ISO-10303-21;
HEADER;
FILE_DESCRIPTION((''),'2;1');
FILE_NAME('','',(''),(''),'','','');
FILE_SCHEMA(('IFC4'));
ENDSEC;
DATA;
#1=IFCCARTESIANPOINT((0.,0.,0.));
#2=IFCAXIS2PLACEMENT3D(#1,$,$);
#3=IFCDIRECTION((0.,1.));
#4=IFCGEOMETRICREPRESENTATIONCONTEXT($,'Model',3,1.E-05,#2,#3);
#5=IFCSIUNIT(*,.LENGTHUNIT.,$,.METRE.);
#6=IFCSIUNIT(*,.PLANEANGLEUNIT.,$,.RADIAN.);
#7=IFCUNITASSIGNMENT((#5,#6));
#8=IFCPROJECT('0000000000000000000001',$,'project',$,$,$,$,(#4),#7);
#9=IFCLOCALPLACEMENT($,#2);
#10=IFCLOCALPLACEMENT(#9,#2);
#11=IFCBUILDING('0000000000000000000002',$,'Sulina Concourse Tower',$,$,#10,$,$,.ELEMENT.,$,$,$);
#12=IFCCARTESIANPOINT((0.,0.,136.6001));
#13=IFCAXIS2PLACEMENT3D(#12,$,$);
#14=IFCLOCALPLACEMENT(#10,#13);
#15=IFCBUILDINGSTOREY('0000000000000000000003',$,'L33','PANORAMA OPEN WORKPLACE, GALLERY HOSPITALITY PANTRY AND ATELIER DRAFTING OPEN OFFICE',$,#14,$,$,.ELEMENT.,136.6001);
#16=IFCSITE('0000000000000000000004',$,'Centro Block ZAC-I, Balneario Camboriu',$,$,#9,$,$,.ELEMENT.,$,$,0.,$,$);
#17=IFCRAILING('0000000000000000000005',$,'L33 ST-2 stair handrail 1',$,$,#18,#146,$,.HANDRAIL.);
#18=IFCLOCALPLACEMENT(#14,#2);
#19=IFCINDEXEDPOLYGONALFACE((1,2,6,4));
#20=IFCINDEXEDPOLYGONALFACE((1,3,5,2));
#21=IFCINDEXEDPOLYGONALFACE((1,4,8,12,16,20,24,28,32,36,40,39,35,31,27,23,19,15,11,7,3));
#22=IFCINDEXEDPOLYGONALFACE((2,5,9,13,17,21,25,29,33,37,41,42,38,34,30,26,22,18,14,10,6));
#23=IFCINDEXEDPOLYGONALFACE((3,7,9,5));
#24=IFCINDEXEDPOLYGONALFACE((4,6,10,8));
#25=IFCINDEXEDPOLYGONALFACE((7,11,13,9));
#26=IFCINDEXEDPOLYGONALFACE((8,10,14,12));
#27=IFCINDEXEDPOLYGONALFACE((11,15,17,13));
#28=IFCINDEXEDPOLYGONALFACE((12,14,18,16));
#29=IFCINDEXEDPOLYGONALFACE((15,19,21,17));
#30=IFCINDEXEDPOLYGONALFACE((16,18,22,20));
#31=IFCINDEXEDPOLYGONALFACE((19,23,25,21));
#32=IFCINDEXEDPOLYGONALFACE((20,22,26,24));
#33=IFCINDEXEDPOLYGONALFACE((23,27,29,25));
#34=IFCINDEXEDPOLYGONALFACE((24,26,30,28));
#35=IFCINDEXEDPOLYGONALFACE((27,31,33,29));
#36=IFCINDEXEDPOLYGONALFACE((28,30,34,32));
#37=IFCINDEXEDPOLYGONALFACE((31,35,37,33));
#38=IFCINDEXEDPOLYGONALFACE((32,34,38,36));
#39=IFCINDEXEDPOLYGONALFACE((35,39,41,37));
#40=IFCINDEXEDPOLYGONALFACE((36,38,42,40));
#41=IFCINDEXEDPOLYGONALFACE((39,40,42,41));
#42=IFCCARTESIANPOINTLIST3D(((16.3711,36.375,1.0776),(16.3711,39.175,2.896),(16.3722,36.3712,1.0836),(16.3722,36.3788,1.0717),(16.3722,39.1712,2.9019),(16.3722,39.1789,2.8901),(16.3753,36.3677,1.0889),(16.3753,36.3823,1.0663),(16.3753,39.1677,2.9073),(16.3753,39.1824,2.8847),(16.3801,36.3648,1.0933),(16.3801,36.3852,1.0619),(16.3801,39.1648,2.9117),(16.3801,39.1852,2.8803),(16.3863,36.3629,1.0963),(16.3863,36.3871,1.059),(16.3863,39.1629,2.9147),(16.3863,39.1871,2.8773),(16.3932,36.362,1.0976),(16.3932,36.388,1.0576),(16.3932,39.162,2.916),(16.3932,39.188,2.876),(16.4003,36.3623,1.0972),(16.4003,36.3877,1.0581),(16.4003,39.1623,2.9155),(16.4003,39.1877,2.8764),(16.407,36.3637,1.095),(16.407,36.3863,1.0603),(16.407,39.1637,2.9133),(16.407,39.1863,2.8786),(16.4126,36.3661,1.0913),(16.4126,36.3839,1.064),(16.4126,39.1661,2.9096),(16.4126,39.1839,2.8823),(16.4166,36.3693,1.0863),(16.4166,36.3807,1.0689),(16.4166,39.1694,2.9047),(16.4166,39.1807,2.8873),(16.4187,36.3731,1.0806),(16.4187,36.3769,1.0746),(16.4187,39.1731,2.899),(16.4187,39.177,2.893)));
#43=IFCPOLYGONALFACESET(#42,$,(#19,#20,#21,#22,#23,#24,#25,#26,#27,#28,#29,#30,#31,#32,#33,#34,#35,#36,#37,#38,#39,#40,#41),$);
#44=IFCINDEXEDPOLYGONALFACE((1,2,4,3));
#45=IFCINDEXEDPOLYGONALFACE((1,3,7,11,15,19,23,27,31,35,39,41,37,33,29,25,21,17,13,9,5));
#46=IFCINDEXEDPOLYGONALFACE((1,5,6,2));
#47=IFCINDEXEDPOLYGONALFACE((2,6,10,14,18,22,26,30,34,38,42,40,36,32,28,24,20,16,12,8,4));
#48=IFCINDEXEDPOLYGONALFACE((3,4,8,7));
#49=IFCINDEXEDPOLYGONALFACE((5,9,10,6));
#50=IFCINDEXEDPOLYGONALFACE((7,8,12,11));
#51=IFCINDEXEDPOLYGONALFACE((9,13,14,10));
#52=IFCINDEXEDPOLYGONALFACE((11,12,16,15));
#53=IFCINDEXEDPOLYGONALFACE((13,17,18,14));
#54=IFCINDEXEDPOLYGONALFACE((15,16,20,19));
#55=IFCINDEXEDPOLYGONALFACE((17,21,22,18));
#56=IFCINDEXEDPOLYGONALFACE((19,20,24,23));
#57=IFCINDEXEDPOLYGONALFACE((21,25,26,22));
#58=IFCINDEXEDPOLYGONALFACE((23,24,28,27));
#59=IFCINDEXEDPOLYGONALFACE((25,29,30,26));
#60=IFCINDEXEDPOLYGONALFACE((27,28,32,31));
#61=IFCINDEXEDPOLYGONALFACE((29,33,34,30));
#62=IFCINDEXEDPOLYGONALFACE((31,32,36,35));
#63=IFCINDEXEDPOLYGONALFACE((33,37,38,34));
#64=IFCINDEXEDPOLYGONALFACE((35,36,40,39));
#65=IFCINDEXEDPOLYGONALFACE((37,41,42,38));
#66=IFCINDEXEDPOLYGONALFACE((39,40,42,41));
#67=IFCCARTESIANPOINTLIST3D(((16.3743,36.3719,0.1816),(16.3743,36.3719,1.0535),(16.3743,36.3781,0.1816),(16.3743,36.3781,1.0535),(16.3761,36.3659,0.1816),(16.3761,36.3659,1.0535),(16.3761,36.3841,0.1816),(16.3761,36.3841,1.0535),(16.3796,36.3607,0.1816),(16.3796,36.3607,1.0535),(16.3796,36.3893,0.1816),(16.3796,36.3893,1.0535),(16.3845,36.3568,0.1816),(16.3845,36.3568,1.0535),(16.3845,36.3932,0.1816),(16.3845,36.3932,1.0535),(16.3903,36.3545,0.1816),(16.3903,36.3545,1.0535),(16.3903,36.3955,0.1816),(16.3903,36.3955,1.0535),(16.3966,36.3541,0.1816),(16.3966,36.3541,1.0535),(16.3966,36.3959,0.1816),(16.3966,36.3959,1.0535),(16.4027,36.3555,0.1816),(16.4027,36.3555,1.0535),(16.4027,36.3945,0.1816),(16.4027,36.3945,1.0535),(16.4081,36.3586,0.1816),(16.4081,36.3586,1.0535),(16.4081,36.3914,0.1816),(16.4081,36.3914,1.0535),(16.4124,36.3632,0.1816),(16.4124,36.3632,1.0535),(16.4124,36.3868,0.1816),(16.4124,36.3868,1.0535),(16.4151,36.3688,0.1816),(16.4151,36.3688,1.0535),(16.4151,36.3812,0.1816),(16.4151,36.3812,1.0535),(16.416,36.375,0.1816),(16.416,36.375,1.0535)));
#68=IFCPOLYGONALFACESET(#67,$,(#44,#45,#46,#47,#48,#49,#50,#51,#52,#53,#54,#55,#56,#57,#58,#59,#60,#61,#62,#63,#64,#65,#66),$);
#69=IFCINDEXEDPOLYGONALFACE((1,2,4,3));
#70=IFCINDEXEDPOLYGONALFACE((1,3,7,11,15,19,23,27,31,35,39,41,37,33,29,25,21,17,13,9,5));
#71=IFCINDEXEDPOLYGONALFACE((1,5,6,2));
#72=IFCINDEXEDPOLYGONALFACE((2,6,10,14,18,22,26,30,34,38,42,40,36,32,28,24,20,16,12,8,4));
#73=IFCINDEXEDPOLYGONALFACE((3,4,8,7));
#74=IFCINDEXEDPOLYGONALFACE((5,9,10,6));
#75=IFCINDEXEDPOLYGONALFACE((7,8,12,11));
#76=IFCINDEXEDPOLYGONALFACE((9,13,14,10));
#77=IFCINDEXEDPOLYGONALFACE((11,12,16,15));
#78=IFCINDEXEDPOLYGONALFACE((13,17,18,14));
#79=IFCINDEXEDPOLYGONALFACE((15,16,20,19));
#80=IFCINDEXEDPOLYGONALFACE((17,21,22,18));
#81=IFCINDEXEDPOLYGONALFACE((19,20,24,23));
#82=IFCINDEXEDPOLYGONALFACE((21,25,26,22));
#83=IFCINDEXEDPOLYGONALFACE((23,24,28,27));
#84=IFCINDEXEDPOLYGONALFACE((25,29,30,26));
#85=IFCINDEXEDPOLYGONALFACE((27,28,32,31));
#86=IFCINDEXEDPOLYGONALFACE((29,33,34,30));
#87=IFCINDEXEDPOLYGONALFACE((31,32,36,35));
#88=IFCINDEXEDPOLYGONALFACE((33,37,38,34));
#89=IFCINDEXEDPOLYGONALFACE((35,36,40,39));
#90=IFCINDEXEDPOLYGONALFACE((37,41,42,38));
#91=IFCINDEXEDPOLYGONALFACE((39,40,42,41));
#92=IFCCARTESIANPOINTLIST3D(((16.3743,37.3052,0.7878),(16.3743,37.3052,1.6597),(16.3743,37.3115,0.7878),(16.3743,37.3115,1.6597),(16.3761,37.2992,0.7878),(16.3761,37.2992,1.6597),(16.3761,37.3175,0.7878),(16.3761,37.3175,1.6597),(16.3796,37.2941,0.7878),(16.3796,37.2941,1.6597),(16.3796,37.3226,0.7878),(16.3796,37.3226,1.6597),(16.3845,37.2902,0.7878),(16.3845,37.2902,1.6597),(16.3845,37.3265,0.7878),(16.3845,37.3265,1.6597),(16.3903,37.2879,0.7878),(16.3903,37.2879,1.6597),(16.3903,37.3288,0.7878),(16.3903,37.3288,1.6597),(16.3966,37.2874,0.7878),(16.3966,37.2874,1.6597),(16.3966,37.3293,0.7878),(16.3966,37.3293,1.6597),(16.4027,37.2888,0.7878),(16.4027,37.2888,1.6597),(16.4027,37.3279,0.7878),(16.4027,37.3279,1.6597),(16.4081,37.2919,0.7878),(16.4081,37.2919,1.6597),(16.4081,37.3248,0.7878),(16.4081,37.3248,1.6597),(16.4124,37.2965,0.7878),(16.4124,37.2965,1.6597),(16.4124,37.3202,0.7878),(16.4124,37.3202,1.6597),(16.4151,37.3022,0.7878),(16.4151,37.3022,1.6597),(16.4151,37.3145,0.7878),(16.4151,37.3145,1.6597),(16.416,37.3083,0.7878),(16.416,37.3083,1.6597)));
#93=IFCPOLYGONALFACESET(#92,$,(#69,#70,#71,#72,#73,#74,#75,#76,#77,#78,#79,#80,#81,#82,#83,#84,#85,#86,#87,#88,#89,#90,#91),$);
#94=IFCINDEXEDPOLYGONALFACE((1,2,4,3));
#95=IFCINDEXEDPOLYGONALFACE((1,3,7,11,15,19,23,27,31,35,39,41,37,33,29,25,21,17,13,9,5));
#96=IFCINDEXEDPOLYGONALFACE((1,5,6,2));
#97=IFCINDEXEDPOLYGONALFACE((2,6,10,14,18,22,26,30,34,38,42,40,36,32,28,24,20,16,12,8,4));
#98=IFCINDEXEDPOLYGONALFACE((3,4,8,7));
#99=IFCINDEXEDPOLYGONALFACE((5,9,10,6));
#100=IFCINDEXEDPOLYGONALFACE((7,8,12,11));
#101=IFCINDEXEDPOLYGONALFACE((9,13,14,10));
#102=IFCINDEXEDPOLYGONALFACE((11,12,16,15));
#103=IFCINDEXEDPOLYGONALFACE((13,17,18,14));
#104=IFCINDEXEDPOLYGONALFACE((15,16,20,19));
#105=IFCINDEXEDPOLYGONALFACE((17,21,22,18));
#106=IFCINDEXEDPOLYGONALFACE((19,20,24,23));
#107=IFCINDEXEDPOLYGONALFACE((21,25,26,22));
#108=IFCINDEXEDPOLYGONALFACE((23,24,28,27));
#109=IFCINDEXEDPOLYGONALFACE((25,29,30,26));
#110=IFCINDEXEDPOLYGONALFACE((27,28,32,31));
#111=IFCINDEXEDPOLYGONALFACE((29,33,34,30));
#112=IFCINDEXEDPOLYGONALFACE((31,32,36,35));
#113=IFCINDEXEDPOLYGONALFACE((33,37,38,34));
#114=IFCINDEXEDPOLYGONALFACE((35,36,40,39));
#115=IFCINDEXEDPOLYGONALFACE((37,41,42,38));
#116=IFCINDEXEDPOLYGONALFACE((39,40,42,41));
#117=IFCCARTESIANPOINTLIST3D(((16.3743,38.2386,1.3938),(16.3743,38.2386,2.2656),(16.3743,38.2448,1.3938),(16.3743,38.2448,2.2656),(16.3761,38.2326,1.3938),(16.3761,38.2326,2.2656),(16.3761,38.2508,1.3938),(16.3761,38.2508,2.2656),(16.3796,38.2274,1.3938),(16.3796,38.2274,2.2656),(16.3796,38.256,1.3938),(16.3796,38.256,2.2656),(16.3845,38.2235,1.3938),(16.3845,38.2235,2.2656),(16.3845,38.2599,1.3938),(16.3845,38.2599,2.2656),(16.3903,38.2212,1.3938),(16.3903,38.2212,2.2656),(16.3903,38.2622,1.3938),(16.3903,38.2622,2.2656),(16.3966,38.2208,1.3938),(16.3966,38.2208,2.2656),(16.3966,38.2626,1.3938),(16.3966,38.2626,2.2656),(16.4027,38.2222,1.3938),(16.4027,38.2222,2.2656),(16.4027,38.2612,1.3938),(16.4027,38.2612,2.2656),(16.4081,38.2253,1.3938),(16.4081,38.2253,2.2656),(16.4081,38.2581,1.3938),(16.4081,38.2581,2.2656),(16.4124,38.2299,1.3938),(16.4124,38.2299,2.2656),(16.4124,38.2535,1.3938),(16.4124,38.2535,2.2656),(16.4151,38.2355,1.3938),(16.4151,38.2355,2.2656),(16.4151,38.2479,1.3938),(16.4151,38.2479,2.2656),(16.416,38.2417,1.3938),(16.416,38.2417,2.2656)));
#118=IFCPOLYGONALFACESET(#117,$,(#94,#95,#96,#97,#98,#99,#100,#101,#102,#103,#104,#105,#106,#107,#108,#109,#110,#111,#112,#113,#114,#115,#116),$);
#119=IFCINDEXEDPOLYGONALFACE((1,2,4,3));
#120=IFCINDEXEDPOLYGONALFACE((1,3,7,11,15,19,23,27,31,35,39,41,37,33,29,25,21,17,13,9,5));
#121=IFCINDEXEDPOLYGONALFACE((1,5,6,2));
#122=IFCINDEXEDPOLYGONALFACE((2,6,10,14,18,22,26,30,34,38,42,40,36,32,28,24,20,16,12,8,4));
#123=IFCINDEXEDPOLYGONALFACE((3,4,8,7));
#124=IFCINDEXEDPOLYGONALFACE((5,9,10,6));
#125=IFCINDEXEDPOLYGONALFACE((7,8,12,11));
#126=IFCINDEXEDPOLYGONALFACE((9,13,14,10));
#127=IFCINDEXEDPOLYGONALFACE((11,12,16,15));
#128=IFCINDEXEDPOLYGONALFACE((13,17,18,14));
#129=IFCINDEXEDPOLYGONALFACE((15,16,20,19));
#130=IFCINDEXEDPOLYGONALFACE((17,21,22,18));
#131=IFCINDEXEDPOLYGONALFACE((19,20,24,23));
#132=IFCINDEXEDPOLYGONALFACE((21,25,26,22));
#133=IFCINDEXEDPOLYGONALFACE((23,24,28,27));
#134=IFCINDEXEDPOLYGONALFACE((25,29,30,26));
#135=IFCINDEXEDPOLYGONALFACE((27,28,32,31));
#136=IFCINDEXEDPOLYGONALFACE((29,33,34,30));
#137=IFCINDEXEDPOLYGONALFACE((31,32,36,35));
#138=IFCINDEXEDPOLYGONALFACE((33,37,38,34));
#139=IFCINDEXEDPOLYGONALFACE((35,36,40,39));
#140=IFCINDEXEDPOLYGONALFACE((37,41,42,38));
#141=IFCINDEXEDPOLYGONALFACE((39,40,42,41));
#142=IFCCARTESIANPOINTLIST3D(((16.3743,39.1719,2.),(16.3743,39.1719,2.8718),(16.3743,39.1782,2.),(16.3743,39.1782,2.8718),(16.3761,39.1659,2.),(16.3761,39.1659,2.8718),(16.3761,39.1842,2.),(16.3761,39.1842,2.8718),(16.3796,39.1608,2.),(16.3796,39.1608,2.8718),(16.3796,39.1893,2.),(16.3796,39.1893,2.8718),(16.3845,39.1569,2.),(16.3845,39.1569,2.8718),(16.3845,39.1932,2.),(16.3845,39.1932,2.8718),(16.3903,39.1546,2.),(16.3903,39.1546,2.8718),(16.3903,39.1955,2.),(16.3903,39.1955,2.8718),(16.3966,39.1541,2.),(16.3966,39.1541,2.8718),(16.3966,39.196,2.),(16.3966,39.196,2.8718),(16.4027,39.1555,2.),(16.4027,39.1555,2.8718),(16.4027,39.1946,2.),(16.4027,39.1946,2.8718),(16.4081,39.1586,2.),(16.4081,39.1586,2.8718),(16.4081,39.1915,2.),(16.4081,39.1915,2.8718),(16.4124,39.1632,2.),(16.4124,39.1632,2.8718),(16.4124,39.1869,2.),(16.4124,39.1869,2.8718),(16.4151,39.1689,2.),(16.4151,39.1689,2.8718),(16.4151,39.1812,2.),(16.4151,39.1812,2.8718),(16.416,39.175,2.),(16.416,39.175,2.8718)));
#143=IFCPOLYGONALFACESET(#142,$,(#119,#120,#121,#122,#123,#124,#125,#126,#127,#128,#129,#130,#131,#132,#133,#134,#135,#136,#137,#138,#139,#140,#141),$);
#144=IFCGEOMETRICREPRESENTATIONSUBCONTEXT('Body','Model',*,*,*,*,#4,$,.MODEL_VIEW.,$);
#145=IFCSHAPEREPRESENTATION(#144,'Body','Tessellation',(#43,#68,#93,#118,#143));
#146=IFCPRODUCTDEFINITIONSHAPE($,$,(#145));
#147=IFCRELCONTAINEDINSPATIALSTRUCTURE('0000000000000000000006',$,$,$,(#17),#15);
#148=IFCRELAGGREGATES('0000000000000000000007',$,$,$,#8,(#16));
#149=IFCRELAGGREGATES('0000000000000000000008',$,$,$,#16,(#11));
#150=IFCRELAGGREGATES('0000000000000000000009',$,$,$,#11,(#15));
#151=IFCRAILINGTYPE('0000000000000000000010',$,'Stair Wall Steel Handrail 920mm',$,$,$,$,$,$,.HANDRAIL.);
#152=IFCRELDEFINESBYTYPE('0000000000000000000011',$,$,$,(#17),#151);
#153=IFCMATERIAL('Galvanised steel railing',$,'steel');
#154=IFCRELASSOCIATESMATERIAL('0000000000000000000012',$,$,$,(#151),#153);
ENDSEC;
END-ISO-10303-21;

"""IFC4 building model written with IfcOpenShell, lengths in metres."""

from ifc_helpers import new_model, si_unit, direction, frame, origin, origin_2d, place, context, subcontext, project, spatial, circle, extrude, material, type_object, element, save


model = new_model("IFC4")

# Units and contexts
model_context = context("Model", 3, precision=1e-05, world=origin(), true_north=direction((0.0, 1.0)))
body_context = subcontext(model_context, "Body", "Model", "MODEL_VIEW")
ifc_project = project(units=[si_unit("LENGTHUNIT", "METRE"), si_unit("PLANEANGLEUNIT", "RADIAN")], contexts=[model_context])

# Site, building, storey
site_placement = place(None, origin())
site = spatial("IfcSite", under=ifc_project, at=site_placement, Name="Centro Block ZAC-I, Balneario Camboriu", CompositionType="ELEMENT", RefElevation=0.0)
building_placement = place(site_placement, origin())
building = spatial("IfcBuilding", under=site, at=building_placement, Name="Sulina Concourse Tower", CompositionType="ELEMENT")
storey_placement = place(building_placement, frame((0.0, 0.0, 136.6001)))
storey = spatial("IfcBuildingStorey", under=building, at=storey_placement, Name="L33", Description="PANORAMA OPEN WORKPLACE, GALLERY HOSPITALITY PANTRY AND ATELIER DRAFTING OPEN OFFICE", CompositionType="ELEMENT", Elevation=136.6001)

# Railing
ifc_material_1 = material(Name="Galvanised steel railing", Category="steel")
railing_type_1 = type_object("IfcRailingType", Name="Stair Wall Steel Handrail 920mm", PredefinedType="HANDRAIL", material=ifc_material_1)
railing_1_placement = place(storey_placement, frame((16.395, 36.375, 0.1816)))
element("IfcRailing", 1, at=railing_1_placement, inside=storey, type_object=railing_type_1, Name="L33 ST-2 stair handrail 1", PredefinedType="HANDRAIL", context=body_context, shape_type="SweptSolid", body=[
    extrude(circle(Radius=0.0239, at=origin_2d()), frame((0.0, 0.0, 0.896), z_axis=(0.0, 0.838672, 0.544636), x_axis=(-1.0, 0.0, 0.0)), (0.0, 0.0, 1.0), 3.3386),
    extrude(circle(Radius=0.021, at=origin_2d()), origin(), (0.0, 0.0, 1.0), 0.8718),
    extrude(circle(Radius=0.021, at=origin_2d()), frame((0.0, 0.9333, 0.6062)), (0.0, 0.0, 1.0), 0.8718),
    extrude(circle(Radius=0.021, at=origin_2d()), frame((0.0, 1.8667, 1.2122)), (0.0, 0.0, 1.0), 0.8718),
    extrude(circle(Radius=0.021, at=origin_2d()), frame((0.0, 2.8, 1.8184)), (0.0, 0.0, 1.0), 0.8718),
])

save(model, "model.ifc")
